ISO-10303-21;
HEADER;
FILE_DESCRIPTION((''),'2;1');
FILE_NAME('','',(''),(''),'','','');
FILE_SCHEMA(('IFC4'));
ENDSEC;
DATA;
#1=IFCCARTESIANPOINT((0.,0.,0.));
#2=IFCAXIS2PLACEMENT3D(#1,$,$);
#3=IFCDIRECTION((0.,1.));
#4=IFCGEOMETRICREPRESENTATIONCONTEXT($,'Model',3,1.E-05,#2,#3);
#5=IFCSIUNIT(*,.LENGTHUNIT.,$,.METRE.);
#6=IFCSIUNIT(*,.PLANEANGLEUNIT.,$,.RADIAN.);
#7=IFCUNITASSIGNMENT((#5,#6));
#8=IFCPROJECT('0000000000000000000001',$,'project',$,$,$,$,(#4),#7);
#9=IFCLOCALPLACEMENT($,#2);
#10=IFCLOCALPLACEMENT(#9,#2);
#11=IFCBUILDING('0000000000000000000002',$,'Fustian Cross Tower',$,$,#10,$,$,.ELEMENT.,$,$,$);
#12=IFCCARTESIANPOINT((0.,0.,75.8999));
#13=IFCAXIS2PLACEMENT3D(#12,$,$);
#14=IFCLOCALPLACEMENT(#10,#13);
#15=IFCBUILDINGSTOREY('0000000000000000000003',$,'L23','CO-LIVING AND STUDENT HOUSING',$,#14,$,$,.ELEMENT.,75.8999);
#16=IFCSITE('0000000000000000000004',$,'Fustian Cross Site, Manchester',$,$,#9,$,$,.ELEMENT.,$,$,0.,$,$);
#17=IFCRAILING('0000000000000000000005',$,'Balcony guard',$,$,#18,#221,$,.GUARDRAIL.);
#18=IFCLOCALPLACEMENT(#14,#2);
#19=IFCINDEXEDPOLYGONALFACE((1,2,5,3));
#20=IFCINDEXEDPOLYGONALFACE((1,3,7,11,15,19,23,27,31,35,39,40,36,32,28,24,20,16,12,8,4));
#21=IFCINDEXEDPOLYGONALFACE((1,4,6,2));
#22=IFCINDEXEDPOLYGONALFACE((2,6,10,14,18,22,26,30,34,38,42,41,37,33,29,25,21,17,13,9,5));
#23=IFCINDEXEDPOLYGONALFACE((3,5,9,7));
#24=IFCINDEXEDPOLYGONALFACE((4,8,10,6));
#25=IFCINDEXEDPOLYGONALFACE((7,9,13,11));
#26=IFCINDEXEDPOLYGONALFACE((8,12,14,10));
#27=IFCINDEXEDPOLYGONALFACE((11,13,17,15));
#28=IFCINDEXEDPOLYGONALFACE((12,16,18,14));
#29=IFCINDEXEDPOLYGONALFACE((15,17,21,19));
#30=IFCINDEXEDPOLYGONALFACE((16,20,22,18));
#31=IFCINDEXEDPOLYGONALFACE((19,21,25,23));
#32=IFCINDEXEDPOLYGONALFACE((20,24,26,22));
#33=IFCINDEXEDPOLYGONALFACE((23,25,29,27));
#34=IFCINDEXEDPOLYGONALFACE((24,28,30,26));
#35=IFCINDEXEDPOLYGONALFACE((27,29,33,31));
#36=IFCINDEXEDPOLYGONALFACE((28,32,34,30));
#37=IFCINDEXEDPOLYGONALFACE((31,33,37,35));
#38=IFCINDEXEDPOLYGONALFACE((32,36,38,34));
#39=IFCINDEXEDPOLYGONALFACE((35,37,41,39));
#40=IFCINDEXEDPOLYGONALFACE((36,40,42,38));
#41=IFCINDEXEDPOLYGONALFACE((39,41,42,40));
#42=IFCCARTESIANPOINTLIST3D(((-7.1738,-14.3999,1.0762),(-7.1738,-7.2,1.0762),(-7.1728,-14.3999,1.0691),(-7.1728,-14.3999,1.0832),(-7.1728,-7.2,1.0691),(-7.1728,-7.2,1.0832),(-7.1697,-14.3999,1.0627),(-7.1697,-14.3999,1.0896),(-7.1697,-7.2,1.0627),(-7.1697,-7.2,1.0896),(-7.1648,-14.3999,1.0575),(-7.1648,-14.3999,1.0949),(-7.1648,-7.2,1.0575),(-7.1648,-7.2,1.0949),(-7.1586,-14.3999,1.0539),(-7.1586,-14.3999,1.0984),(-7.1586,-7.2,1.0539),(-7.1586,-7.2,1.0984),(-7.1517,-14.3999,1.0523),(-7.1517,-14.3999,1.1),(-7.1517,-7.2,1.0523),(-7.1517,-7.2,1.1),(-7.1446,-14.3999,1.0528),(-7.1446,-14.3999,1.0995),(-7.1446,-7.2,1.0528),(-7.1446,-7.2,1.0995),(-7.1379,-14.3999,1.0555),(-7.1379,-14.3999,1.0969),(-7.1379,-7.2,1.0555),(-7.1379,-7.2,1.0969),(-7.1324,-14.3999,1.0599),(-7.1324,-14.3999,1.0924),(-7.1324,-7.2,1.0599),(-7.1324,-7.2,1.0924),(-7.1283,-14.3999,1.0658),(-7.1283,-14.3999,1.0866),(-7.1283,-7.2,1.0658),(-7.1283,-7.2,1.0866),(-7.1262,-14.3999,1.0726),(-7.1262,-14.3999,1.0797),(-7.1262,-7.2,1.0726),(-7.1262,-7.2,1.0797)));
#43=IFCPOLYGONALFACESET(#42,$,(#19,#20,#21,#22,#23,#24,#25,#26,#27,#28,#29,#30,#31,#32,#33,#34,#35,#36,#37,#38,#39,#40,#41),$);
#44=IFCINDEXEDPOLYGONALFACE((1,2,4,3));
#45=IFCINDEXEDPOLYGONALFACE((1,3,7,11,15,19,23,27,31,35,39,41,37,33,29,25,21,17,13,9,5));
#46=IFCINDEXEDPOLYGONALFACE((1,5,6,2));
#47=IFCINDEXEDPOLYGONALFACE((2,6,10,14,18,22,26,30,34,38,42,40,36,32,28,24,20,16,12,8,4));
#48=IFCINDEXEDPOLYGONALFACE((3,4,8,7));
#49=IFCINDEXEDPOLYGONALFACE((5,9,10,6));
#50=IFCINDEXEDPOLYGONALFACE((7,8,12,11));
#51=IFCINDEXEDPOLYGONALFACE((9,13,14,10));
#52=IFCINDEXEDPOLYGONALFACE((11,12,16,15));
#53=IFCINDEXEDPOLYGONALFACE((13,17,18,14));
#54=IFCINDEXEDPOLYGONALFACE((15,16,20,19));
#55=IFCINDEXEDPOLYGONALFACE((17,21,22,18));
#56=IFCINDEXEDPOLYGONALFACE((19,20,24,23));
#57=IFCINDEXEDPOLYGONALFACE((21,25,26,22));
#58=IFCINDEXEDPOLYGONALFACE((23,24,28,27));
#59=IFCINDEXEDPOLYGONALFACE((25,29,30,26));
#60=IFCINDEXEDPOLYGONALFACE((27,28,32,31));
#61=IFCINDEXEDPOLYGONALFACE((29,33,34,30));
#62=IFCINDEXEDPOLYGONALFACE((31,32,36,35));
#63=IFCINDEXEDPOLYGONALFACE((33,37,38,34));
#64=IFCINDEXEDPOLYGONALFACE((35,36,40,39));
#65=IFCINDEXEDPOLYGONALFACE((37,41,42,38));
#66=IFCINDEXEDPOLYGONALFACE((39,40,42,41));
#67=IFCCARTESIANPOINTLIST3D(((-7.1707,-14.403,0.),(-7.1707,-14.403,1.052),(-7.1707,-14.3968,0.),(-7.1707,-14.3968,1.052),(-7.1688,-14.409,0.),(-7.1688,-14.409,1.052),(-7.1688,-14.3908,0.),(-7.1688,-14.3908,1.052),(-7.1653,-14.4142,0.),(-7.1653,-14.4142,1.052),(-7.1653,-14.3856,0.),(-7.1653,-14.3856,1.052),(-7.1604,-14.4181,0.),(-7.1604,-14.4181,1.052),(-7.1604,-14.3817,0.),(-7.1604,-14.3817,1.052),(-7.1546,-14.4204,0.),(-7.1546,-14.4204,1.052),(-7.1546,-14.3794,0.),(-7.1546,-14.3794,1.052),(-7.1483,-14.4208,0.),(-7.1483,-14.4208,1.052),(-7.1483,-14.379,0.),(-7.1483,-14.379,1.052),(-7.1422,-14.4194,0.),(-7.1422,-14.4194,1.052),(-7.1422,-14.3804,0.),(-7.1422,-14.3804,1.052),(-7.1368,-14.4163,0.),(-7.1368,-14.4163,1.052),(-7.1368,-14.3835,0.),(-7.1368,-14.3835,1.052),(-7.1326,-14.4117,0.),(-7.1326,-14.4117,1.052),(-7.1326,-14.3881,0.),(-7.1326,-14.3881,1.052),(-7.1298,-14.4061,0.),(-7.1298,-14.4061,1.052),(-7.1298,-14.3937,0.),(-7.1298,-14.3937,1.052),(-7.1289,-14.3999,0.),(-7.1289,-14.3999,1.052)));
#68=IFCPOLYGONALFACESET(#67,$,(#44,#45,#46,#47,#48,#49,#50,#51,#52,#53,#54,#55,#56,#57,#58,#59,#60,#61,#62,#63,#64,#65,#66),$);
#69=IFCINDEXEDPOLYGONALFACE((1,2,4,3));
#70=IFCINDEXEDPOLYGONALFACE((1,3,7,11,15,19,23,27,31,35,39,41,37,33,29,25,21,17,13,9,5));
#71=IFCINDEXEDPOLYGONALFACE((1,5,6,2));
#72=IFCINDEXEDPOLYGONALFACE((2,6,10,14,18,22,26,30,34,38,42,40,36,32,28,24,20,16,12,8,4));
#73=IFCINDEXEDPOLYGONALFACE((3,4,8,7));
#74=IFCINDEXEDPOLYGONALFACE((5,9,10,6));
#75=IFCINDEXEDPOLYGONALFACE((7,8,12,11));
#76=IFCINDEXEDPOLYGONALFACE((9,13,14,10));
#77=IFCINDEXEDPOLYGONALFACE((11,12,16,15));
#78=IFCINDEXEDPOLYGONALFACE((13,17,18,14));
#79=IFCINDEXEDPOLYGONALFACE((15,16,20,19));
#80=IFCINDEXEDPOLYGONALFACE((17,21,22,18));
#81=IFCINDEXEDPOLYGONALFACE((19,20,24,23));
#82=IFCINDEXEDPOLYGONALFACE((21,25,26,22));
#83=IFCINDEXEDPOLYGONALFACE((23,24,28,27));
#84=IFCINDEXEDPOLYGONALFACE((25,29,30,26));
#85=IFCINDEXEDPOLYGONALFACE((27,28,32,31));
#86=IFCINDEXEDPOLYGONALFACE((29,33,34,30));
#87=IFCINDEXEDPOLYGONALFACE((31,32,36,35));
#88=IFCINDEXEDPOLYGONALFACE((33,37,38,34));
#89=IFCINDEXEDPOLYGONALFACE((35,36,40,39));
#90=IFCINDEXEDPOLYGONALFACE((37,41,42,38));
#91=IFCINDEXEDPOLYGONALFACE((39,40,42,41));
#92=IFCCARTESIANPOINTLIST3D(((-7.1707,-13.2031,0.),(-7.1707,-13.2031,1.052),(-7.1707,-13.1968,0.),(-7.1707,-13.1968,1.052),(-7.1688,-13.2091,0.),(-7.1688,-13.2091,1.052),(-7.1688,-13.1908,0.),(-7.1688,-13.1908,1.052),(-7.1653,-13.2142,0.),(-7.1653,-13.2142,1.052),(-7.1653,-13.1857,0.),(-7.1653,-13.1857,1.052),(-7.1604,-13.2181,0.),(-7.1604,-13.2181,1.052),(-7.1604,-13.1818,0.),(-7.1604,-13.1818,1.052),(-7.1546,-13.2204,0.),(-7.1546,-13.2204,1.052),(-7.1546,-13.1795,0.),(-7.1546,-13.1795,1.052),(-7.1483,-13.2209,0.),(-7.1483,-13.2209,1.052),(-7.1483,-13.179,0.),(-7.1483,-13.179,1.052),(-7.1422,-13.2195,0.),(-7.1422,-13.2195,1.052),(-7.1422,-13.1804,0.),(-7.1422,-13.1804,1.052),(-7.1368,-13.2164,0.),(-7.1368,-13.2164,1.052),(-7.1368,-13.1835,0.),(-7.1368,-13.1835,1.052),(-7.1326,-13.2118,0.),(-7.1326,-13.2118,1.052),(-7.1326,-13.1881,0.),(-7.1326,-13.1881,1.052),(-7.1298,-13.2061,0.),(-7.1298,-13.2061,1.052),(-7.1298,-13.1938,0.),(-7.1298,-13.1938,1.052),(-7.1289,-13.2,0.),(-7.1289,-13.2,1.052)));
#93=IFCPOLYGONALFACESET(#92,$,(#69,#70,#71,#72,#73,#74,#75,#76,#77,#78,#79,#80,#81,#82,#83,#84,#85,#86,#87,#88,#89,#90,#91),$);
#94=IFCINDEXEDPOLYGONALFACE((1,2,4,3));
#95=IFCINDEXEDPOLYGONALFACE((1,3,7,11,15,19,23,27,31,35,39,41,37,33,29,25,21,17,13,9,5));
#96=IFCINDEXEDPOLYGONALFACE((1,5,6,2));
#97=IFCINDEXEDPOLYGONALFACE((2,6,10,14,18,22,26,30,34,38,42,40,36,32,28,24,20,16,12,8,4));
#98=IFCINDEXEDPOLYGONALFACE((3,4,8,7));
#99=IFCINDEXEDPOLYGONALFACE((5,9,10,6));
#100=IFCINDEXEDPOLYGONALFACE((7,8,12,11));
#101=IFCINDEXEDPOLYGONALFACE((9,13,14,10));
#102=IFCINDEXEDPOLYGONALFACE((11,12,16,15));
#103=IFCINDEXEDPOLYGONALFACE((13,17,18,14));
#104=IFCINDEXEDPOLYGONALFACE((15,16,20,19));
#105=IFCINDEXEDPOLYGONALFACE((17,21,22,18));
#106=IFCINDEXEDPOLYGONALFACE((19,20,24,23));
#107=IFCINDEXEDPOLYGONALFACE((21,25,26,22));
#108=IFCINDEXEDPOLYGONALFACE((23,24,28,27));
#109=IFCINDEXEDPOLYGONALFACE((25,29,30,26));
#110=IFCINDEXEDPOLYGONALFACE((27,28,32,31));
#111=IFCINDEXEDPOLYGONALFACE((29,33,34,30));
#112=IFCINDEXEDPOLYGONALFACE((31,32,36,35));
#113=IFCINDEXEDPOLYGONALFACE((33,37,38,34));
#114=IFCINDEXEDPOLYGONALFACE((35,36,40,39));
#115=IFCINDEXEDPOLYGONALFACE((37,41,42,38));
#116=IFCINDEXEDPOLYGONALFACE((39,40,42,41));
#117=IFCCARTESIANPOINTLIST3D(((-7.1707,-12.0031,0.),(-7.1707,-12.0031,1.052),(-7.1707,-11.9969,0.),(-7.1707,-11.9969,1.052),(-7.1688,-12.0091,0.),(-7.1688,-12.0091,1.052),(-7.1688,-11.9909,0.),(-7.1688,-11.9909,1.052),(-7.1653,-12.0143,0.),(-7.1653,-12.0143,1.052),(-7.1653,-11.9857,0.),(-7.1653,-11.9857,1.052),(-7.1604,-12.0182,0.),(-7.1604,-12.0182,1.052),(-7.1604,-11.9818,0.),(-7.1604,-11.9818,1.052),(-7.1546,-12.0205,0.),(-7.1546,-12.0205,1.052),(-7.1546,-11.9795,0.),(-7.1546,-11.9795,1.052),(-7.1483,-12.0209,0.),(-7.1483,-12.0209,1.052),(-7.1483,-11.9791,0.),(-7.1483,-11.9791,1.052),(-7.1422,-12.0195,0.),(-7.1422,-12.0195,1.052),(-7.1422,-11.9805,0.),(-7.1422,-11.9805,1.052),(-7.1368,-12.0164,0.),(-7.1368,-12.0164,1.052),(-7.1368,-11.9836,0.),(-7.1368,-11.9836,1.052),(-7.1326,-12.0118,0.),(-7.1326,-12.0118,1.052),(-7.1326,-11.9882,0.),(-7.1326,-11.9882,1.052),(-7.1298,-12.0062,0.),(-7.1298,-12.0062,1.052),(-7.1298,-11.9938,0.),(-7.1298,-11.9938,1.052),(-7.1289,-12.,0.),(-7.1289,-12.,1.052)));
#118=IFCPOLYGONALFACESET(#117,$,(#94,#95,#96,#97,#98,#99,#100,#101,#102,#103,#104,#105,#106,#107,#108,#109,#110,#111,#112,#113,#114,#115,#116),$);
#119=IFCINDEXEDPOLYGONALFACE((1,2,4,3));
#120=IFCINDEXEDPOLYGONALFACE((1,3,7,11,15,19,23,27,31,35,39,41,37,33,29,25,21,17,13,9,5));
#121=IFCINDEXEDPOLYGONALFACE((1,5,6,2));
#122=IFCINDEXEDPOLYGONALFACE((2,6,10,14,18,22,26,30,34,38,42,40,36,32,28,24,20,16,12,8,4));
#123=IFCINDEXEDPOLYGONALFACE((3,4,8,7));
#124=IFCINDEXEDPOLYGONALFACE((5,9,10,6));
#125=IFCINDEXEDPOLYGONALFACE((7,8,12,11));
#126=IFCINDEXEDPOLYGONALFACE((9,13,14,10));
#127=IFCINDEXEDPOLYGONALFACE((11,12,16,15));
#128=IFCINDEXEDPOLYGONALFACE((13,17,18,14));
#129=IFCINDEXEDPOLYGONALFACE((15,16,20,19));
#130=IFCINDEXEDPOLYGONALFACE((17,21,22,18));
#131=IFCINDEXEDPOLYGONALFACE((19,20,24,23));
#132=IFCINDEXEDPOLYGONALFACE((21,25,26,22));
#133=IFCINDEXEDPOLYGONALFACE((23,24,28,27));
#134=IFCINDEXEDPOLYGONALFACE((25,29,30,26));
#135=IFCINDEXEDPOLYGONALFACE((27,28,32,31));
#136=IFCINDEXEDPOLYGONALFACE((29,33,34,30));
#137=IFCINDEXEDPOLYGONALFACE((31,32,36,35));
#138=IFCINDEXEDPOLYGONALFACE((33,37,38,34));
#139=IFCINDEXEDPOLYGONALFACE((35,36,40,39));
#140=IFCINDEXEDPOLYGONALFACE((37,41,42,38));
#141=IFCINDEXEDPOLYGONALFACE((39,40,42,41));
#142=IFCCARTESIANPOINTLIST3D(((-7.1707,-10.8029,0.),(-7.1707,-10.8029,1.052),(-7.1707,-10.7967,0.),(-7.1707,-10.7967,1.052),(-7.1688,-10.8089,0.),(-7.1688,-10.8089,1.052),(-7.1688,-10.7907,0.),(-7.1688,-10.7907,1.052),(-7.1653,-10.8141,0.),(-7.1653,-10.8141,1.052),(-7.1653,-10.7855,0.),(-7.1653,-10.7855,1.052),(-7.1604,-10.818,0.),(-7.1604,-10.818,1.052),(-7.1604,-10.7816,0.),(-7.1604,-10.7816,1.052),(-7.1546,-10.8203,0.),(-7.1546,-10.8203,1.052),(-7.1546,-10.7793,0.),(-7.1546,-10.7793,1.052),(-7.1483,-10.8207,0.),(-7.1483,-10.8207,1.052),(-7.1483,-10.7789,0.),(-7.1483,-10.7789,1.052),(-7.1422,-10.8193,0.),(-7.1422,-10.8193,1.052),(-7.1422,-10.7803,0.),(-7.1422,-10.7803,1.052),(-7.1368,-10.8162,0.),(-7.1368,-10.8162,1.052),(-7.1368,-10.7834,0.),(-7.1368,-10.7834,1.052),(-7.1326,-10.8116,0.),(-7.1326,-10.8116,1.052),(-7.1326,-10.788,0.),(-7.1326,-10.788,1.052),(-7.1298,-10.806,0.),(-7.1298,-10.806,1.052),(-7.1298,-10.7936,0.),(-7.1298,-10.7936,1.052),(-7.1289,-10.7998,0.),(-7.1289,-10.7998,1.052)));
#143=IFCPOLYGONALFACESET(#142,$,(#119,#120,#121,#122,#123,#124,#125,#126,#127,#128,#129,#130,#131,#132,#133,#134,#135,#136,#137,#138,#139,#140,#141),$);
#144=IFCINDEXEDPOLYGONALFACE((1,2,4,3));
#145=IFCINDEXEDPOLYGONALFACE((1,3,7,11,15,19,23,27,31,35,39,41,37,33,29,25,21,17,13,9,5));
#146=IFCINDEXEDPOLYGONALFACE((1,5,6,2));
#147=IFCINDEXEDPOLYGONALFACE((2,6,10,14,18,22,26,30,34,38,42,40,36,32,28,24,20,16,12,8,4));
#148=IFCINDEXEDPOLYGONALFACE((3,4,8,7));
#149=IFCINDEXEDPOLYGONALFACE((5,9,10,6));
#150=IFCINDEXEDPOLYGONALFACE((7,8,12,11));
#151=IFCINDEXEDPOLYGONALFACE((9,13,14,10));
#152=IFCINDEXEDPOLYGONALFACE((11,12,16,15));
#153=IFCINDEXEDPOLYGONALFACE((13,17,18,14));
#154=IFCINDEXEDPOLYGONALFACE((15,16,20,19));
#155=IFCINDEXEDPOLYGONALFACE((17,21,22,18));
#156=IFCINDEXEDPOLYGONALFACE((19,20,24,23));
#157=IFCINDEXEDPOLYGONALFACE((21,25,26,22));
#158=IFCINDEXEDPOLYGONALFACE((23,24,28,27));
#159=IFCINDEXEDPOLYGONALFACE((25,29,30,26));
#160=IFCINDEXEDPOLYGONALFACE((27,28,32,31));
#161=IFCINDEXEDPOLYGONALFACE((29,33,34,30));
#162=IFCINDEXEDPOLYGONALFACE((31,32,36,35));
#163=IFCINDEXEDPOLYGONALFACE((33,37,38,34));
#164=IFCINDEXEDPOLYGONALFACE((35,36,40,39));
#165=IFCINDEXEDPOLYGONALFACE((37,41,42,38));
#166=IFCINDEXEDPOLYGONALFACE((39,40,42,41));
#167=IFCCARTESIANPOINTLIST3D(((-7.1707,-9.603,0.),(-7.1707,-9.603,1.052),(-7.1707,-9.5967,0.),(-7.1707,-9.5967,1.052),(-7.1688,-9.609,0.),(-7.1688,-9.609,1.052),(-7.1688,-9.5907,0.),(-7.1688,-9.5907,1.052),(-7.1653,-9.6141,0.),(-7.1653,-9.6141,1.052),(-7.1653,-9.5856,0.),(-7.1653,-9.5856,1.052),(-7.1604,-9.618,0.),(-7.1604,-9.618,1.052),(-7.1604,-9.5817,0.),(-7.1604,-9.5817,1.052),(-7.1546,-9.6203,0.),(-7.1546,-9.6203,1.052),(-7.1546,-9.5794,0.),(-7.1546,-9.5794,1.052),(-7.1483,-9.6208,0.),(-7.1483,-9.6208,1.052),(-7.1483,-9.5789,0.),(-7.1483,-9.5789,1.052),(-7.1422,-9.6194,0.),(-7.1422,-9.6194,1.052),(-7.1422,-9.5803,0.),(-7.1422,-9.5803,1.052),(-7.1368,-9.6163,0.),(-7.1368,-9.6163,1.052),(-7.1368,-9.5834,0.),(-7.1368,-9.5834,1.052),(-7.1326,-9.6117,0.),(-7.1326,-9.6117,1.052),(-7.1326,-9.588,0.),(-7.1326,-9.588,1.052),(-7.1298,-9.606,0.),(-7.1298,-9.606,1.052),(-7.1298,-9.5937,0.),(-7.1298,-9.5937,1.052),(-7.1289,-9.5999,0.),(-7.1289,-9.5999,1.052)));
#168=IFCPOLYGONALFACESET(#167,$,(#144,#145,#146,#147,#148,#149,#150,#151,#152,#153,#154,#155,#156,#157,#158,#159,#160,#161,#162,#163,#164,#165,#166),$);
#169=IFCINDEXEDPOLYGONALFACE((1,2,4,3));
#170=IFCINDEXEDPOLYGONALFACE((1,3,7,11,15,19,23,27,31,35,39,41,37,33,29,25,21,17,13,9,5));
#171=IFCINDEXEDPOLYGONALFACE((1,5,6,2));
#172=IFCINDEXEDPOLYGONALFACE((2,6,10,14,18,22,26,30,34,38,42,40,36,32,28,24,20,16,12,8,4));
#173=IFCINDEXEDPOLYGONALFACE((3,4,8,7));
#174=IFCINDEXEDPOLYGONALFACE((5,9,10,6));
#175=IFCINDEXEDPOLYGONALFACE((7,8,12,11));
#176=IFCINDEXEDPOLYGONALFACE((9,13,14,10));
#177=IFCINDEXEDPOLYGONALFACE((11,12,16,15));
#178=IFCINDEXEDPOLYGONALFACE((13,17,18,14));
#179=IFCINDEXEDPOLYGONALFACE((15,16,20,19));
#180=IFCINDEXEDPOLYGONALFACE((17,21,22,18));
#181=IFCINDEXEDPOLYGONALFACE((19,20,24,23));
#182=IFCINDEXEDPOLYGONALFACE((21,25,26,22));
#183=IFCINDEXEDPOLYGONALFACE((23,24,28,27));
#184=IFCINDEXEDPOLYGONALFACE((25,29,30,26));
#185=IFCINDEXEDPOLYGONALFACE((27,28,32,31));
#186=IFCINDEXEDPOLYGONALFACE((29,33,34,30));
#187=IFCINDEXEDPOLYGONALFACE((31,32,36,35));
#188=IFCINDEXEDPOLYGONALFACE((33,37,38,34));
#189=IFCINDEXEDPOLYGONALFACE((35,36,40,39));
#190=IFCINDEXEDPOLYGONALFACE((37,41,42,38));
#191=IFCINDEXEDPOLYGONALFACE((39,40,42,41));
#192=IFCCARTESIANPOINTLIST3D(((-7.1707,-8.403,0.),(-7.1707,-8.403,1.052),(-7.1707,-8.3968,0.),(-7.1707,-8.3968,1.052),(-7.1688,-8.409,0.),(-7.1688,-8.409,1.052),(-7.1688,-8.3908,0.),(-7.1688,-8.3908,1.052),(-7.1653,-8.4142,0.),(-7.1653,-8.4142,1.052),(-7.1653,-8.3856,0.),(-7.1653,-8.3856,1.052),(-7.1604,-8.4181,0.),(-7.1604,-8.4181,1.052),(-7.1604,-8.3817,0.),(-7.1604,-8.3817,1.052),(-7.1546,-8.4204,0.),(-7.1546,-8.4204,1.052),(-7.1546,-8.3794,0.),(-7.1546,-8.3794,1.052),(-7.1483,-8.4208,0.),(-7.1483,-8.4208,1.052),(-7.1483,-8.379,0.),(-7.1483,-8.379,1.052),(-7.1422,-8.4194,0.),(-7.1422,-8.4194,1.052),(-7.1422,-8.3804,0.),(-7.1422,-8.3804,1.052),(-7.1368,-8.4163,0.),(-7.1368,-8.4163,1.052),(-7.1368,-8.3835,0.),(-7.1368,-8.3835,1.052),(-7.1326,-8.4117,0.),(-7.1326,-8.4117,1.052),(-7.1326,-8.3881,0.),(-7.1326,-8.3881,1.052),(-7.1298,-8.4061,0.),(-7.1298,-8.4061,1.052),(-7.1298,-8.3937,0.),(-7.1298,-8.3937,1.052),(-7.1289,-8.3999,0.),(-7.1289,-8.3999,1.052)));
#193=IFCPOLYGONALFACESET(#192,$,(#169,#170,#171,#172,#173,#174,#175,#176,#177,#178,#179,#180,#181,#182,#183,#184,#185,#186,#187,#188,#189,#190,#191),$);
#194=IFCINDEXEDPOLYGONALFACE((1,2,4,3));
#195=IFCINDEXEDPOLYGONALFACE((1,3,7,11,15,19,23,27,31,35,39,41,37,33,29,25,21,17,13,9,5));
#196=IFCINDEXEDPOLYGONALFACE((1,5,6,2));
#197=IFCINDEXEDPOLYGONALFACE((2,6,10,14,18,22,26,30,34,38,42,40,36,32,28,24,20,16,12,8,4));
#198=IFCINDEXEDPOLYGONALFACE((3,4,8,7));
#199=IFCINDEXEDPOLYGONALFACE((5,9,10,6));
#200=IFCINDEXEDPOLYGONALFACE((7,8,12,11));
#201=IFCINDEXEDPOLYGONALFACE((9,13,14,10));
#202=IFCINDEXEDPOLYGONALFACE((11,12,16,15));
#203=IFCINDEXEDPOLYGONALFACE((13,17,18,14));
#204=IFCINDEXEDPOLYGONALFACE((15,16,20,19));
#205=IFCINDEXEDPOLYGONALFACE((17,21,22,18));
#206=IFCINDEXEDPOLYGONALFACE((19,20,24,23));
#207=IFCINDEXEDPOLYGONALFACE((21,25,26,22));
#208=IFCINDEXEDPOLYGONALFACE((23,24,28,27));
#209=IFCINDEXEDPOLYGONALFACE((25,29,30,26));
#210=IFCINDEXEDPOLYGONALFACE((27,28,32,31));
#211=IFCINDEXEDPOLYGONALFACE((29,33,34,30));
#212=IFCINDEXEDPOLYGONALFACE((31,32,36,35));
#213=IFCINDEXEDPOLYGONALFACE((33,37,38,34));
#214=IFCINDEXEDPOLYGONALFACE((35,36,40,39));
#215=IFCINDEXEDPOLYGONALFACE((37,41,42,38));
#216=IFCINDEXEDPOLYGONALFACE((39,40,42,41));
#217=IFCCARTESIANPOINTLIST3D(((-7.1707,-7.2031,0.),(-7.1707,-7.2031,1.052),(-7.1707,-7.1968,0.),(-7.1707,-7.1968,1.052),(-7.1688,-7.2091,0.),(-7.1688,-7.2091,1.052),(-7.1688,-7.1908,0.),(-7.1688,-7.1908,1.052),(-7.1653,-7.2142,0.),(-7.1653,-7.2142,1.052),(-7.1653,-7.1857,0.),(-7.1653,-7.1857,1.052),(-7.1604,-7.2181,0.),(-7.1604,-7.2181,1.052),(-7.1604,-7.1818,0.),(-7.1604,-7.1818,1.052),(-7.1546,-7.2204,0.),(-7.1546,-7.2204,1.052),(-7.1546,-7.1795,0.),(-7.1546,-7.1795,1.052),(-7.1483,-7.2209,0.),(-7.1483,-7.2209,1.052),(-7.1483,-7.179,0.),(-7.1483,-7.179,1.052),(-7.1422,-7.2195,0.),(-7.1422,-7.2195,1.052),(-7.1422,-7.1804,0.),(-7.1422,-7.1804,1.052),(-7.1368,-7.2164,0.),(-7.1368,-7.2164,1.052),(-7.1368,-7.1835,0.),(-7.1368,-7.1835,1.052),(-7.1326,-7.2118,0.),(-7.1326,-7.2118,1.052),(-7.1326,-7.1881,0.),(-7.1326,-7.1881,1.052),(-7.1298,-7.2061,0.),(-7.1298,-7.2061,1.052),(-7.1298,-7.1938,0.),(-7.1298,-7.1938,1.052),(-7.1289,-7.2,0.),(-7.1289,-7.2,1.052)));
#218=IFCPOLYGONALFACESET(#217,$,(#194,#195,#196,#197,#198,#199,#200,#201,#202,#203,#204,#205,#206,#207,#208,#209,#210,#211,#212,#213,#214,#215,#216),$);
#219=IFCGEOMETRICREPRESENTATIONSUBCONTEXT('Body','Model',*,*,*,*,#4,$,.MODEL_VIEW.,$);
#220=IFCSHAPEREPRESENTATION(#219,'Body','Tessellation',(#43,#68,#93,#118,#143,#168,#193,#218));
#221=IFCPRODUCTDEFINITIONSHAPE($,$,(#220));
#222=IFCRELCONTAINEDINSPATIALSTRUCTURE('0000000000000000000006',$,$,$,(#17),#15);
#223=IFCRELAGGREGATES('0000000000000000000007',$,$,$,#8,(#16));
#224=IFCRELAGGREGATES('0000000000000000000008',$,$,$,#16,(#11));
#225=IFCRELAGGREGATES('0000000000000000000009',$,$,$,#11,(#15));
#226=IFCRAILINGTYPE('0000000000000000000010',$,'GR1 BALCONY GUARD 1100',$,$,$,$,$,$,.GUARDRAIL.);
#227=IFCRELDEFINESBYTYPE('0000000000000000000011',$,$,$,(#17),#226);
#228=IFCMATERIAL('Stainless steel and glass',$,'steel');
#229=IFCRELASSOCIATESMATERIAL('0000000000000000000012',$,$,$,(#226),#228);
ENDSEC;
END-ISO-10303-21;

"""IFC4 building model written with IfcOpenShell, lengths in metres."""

from ifc_helpers import new_model, si_unit, direction, frame, origin, origin_2d, place, context, subcontext, project, spatial, circle, extrude, material, type_object, element, save


model = new_model("IFC4")

# Units and contexts
model_context = context("Model", 3, precision=1e-05, world=origin(), true_north=direction((0.0, 1.0)))
body_context = subcontext(model_context, "Body", "Model", "MODEL_VIEW")
ifc_project = project(units=[si_unit("LENGTHUNIT", "METRE"), si_unit("PLANEANGLEUNIT", "RADIAN")], contexts=[model_context])

# Site, building, storey
site_placement = place(None, origin())
site = spatial("IfcSite", under=ifc_project, at=site_placement, Name="Fustian Cross Site, Manchester", CompositionType="ELEMENT", RefElevation=0.0)
building_placement = place(site_placement, origin())
building = spatial("IfcBuilding", under=site, at=building_placement, Name="Fustian Cross Tower", CompositionType="ELEMENT")
storey_placement = place(building_placement, frame((0.0, 0.0, 75.8999)))
storey = spatial("IfcBuildingStorey", under=building, at=storey_placement, Name="L23", Description="CO-LIVING AND STUDENT HOUSING", CompositionType="ELEMENT", Elevation=75.8999)

# Railing
ifc_material_1 = material(Name="Stainless steel and glass", Category="steel")
railing_type_1 = type_object("IfcRailingType", Name="GR1 BALCONY GUARD 1100", PredefinedType="GUARDRAIL", material=ifc_material_1)
railing_1_placement = place(storey_placement, frame((-7.1499, -14.3999, 0.0)))
element("IfcRailing", 1, at=railing_1_placement, inside=storey, type_object=railing_type_1, Name="Balcony guard", PredefinedType="GUARDRAIL", context=body_context, shape_type="SweptSolid", body=[
    extrude(circle(Radius=0.0239, at=origin_2d()), frame((0.0, 0.0, 1.0762), z_axis=(0.0, 1.0, 0.0), x_axis=(-1.0, 0.0, 0.0)), (0.0, 0.0, 1.0), 7.2),
    extrude(circle(Radius=0.021, at=origin_2d()), origin(), (0.0, 0.0, 1.0), 1.052),
    extrude(circle(Radius=0.021, at=origin_2d()), frame((0.0, 1.2, 0.0)), (0.0, 0.0, 1.0), 1.052),
    extrude(circle(Radius=0.021, at=origin_2d()), frame((0.0, 2.3999, 0.0)), (0.0, 0.0, 1.0), 1.052),
    extrude(circle(Radius=0.021, at=origin_2d()), frame((0.0, 3.6001, 0.0)), (0.0, 0.0, 1.0), 1.052),
    extrude(circle(Radius=0.021, at=origin_2d()), frame((0.0, 4.8, 0.0)), (0.0, 0.0, 1.0), 1.052),
    extrude(circle(Radius=0.021, at=origin_2d()), frame((0.0, 6.0, 0.0)), (0.0, 0.0, 1.0), 1.052),
    extrude(circle(Radius=0.021, at=origin_2d()), frame((0.0, 7.2, 0.0)), (0.0, 0.0, 1.0), 1.052),
])

save(model, "model.ifc")
